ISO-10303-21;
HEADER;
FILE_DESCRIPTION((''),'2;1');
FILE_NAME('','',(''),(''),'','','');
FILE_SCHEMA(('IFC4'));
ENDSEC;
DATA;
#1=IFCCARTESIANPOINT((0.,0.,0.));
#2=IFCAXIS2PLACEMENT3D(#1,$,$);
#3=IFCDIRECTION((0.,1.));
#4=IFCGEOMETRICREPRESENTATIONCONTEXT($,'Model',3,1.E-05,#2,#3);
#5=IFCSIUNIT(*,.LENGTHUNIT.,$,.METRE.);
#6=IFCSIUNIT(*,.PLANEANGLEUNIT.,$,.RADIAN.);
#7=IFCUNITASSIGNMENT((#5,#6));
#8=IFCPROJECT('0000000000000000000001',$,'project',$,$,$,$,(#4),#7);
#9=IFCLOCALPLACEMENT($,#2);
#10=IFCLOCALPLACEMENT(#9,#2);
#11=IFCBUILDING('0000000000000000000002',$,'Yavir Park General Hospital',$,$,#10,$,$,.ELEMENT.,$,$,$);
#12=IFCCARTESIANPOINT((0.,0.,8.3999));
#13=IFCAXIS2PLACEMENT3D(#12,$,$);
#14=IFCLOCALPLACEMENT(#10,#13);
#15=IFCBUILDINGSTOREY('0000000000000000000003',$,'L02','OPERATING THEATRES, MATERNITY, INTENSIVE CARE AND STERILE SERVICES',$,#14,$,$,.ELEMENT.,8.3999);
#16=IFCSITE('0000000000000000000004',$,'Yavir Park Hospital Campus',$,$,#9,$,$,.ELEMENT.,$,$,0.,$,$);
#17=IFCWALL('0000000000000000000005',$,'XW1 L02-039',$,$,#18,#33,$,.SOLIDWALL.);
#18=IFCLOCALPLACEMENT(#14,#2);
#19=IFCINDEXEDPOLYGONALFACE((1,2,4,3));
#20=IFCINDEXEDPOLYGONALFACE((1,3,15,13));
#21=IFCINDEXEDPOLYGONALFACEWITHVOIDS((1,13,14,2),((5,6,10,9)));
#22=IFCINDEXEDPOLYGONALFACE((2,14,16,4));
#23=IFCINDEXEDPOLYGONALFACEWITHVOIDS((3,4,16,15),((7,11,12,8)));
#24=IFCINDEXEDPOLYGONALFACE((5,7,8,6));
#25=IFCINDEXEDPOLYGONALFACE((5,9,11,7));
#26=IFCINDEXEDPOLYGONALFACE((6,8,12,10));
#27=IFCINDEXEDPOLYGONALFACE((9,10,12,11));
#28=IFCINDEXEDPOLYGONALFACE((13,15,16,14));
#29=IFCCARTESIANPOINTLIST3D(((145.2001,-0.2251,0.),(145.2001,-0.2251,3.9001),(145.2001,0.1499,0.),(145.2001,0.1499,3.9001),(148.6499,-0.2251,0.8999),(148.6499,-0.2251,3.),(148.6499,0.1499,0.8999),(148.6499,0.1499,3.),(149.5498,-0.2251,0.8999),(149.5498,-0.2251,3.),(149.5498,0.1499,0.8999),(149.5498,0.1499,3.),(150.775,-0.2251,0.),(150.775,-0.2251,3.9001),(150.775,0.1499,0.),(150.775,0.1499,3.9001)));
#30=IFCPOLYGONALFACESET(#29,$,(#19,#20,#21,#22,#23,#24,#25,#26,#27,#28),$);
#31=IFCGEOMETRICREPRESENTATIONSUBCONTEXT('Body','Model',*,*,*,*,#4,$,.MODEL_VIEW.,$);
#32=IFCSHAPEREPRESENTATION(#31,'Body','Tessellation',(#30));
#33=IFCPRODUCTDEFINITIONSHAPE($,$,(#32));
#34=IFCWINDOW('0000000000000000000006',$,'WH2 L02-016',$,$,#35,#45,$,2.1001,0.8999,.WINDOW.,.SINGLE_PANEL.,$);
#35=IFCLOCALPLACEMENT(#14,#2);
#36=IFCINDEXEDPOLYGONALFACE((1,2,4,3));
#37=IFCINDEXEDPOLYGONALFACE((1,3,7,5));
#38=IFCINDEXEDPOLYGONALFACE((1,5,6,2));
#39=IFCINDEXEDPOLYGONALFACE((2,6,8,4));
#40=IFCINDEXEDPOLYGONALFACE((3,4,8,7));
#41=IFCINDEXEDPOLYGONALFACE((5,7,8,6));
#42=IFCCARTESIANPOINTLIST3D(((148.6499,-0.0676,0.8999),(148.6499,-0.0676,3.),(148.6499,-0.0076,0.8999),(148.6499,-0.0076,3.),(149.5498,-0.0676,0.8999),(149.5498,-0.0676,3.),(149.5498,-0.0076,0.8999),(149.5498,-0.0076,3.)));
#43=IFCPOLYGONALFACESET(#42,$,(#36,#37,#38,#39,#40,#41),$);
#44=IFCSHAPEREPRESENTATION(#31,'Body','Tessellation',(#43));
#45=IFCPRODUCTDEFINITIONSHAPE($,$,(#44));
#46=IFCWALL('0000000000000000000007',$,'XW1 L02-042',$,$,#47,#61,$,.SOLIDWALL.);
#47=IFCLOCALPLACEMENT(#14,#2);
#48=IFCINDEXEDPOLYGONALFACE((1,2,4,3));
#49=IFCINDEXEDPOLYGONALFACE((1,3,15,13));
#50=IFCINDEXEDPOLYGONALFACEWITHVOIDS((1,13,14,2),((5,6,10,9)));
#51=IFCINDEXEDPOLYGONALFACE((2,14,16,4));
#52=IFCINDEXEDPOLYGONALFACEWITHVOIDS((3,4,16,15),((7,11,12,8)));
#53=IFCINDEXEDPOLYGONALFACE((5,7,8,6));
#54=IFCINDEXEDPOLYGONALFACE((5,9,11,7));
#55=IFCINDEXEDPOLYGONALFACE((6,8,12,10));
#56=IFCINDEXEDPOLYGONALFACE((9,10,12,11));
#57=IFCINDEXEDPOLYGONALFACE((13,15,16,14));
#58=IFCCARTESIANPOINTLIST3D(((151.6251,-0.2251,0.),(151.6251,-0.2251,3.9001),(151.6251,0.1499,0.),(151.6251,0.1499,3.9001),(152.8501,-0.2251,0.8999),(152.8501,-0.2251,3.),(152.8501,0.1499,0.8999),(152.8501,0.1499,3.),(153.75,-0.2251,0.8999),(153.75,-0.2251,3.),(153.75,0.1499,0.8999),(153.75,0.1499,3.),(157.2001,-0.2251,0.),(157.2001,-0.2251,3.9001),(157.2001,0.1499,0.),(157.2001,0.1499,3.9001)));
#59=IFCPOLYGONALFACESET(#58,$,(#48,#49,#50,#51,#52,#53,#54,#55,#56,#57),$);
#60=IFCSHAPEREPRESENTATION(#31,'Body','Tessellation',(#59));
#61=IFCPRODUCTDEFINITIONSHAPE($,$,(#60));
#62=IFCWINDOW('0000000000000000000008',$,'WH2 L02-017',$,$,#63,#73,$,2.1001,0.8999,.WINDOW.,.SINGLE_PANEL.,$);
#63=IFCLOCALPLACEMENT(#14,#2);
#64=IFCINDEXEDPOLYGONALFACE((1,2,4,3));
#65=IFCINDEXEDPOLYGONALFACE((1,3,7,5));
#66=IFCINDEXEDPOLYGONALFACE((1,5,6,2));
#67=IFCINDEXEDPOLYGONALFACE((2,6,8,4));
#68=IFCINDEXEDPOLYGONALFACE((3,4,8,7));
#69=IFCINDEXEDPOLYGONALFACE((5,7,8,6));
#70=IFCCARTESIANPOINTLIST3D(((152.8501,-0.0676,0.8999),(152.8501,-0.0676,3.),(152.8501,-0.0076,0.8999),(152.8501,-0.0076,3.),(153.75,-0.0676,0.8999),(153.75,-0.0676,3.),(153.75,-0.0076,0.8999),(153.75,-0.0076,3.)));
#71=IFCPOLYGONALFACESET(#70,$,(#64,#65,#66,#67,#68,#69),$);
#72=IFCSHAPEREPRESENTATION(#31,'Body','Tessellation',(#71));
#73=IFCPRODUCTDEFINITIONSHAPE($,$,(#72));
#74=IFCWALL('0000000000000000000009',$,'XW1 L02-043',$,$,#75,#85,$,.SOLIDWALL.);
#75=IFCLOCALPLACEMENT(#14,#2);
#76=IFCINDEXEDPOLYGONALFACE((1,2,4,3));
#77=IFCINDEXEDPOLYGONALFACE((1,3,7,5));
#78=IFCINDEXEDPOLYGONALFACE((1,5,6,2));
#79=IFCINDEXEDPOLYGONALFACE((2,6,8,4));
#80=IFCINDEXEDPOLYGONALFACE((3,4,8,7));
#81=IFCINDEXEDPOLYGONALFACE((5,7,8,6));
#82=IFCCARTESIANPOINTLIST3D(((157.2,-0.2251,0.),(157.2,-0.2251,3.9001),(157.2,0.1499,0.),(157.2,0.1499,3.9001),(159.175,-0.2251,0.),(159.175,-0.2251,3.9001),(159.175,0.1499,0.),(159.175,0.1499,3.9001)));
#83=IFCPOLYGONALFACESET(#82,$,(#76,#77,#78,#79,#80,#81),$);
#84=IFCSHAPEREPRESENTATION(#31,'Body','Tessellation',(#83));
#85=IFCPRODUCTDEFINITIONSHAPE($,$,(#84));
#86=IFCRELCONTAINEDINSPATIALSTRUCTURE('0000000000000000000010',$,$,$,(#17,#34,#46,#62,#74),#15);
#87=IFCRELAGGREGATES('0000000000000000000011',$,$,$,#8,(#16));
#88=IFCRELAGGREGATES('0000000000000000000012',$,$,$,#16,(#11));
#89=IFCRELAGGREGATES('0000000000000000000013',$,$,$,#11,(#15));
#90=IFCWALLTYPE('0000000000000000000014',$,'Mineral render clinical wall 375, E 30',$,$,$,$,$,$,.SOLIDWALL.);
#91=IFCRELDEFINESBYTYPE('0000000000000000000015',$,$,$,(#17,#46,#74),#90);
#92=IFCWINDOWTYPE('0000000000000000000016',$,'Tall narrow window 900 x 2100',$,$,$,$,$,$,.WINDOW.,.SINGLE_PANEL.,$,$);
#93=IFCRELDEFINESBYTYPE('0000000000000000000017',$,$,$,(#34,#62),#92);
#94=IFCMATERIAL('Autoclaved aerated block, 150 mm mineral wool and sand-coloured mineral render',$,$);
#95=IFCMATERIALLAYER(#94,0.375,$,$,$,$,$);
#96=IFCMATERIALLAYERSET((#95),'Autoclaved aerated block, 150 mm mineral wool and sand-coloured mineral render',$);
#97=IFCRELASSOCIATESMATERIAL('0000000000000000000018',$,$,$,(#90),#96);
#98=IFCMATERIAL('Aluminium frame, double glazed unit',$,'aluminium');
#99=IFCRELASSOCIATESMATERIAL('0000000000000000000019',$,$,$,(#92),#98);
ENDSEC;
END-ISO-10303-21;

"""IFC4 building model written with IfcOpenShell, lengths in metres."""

from ifc_helpers import new_model, si_unit, direction, frame, frame_2d, origin, place, context, subcontext, project, spatial, rectangle, extrude, material, layer, layer_set, type_object, element, fill, save


model = new_model("IFC4")

# Units and contexts
model_context = context("Model", 3, precision=1e-05, world=origin(), true_north=direction((0.0, 1.0)))
body_context = subcontext(model_context, "Body", "Model", "MODEL_VIEW")
ifc_project = project(units=[si_unit("LENGTHUNIT", "METRE"), si_unit("PLANEANGLEUNIT", "RADIAN")], contexts=[model_context])

# Site, building, storey
site_placement = place(None, origin())
site = spatial("IfcSite", under=ifc_project, at=site_placement, Name="Yavir Park Hospital Campus", CompositionType="ELEMENT", RefElevation=0.0)
building_placement = place(site_placement, origin())
building = spatial("IfcBuilding", under=site, at=building_placement, Name="Yavir Park General Hospital", CompositionType="ELEMENT")
storey_placement = place(building_placement, frame((0.0, 0.0, 8.3999)))
storey = spatial("IfcBuildingStorey", under=building, at=storey_placement, Name="L02", Description="OPERATING THEATRES, MATERNITY, INTENSIVE CARE AND STERILE SERVICES", CompositionType="ELEMENT", Elevation=8.3999)

# Walls, openings, windows
ifc_material_1 = material(Name="Autoclaved aerated block, 150 mm mineral wool and sand-coloured mineral render")
ifc_layer_1 = layer(ifc_material_1, 0.375)
ifc_layer_set_1 = layer_set([ifc_layer_1], Name="Autoclaved aerated block, 150 mm mineral wool and sand-coloured mineral render")
wall_type_1 = type_object("IfcWallType", Name="Mineral render clinical wall 375, E 30", PredefinedType="SOLIDWALL", material=ifc_layer_set_1)
wall_1_placement = place(storey_placement, frame((145.2, -0.0376, 0.0), z_axis=(0.0, 0.0, 1.0), x_axis=(1.0, 0.0, 0.0)))
wall_1 = element("IfcWall", 1, at=wall_1_placement, inside=storey, type_object=wall_type_1, Name="XW1 L02-039", PredefinedType="SOLIDWALL", context=body_context, shape_type="SweptSolid", body=[
    extrude(rectangle(XDim=5.575, YDim=0.375, at=frame_2d((2.7876, 0.0))), origin(), (0.0, 0.0, 1.0), 3.9001),
])
opening_1_placement = place(wall_1_placement, frame((3.45, 0.0, 0.8999)))
opening_1 = element("IfcOpeningElement", 2, at=opening_1_placement, cuts=wall_1, PredefinedType="OPENING", context=body_context, shape_type="SweptSolid", body=[
    extrude(rectangle(XDim=0.8999, YDim=2.1001, at=frame_2d((0.45, 1.05))), frame((0.0, 0.1975, 0.0), z_axis=(0.0, -1.0, 0.0), x_axis=(1.0, 0.0, 0.0)), (0.0, 0.0, 1.0), 0.395),
])
ifc_material_2 = material(Name="Aluminium frame, double glazed unit", Category="aluminium")
window_type = type_object("IfcWindowType", Name="Tall narrow window 900 x 2100", PartitioningType="SINGLE_PANEL", PredefinedType="WINDOW", material=ifc_material_2)
window_1_placement = place(opening_1_placement, origin())
window_1 = element("IfcWindow", 3, at=window_1_placement, inside=storey, type_object=window_type, Name="WH2 L02-016", OverallHeight=2.1001, OverallWidth=0.8999, PartitioningType="SINGLE_PANEL", PredefinedType="WINDOW", context=body_context, shape_type="SweptSolid", body=[
    extrude(rectangle(XDim=0.8999, YDim=2.1001, at=frame_2d((0.45, 1.05))), frame((0.0, 0.03, 0.0), z_axis=(0.0, -1.0, 0.0), x_axis=(1.0, 0.0, 0.0)), (0.0, 0.0, 1.0), 0.0601),
])
fill(opening_1, window_1)
wall_2_placement = place(storey_placement, frame((151.625, -0.0376, 0.0), z_axis=(0.0, 0.0, 1.0), x_axis=(1.0, 0.0, 0.0)))
wall_2 = element("IfcWall", 4, at=wall_2_placement, inside=storey, type_object=wall_type_1, Name="XW1 L02-042", PredefinedType="SOLIDWALL", context=body_context, shape_type="SweptSolid", body=[
    extrude(rectangle(XDim=5.575, YDim=0.375, at=frame_2d((2.7876, 0.0))), origin(), (0.0, 0.0, 1.0), 3.9001),
])
opening_2_placement = place(wall_2_placement, frame((1.2251, 0.0, 0.8999)))
opening_2 = element("IfcOpeningElement", 5, at=opening_2_placement, cuts=wall_2, PredefinedType="OPENING", context=body_context, shape_type="SweptSolid", body=[
    extrude(rectangle(XDim=0.8999, YDim=2.1001, at=frame_2d((0.45, 1.05))), frame((0.0, 0.1975, 0.0), z_axis=(0.0, -1.0, 0.0), x_axis=(1.0, 0.0, 0.0)), (0.0, 0.0, 1.0), 0.395),
])
window_2_placement = place(opening_2_placement, origin())
window_2 = element("IfcWindow", 6, at=window_2_placement, inside=storey, type_object=window_type, Name="WH2 L02-017", OverallHeight=2.1001, OverallWidth=0.8999, PartitioningType="SINGLE_PANEL", PredefinedType="WINDOW", context=body_context, shape_type="SweptSolid", body=[
    extrude(rectangle(XDim=0.8999, YDim=2.1001, at=frame_2d((0.45, 1.05))), frame((0.0, 0.03, 0.0), z_axis=(0.0, -1.0, 0.0), x_axis=(1.0, 0.0, 0.0)), (0.0, 0.0, 1.0), 0.0601),
])
fill(opening_2, window_2)

# Wall
wall_3_placement = place(storey_placement, frame((157.2, -0.0376, 0.0), z_axis=(0.0, 0.0, 1.0), x_axis=(1.0, 0.0, 0.0)))
element("IfcWall", 7, at=wall_3_placement, inside=storey, type_object=wall_type_1, Name="XW1 L02-043", PredefinedType="SOLIDWALL", context=body_context, shape_type="SweptSolid", body=[
    extrude(rectangle(XDim=1.9751, YDim=0.375, at=frame_2d((0.9875, 0.0))), origin(), (0.0, 0.0, 1.0), 3.9001),
])

save(model, "model.ifc")
